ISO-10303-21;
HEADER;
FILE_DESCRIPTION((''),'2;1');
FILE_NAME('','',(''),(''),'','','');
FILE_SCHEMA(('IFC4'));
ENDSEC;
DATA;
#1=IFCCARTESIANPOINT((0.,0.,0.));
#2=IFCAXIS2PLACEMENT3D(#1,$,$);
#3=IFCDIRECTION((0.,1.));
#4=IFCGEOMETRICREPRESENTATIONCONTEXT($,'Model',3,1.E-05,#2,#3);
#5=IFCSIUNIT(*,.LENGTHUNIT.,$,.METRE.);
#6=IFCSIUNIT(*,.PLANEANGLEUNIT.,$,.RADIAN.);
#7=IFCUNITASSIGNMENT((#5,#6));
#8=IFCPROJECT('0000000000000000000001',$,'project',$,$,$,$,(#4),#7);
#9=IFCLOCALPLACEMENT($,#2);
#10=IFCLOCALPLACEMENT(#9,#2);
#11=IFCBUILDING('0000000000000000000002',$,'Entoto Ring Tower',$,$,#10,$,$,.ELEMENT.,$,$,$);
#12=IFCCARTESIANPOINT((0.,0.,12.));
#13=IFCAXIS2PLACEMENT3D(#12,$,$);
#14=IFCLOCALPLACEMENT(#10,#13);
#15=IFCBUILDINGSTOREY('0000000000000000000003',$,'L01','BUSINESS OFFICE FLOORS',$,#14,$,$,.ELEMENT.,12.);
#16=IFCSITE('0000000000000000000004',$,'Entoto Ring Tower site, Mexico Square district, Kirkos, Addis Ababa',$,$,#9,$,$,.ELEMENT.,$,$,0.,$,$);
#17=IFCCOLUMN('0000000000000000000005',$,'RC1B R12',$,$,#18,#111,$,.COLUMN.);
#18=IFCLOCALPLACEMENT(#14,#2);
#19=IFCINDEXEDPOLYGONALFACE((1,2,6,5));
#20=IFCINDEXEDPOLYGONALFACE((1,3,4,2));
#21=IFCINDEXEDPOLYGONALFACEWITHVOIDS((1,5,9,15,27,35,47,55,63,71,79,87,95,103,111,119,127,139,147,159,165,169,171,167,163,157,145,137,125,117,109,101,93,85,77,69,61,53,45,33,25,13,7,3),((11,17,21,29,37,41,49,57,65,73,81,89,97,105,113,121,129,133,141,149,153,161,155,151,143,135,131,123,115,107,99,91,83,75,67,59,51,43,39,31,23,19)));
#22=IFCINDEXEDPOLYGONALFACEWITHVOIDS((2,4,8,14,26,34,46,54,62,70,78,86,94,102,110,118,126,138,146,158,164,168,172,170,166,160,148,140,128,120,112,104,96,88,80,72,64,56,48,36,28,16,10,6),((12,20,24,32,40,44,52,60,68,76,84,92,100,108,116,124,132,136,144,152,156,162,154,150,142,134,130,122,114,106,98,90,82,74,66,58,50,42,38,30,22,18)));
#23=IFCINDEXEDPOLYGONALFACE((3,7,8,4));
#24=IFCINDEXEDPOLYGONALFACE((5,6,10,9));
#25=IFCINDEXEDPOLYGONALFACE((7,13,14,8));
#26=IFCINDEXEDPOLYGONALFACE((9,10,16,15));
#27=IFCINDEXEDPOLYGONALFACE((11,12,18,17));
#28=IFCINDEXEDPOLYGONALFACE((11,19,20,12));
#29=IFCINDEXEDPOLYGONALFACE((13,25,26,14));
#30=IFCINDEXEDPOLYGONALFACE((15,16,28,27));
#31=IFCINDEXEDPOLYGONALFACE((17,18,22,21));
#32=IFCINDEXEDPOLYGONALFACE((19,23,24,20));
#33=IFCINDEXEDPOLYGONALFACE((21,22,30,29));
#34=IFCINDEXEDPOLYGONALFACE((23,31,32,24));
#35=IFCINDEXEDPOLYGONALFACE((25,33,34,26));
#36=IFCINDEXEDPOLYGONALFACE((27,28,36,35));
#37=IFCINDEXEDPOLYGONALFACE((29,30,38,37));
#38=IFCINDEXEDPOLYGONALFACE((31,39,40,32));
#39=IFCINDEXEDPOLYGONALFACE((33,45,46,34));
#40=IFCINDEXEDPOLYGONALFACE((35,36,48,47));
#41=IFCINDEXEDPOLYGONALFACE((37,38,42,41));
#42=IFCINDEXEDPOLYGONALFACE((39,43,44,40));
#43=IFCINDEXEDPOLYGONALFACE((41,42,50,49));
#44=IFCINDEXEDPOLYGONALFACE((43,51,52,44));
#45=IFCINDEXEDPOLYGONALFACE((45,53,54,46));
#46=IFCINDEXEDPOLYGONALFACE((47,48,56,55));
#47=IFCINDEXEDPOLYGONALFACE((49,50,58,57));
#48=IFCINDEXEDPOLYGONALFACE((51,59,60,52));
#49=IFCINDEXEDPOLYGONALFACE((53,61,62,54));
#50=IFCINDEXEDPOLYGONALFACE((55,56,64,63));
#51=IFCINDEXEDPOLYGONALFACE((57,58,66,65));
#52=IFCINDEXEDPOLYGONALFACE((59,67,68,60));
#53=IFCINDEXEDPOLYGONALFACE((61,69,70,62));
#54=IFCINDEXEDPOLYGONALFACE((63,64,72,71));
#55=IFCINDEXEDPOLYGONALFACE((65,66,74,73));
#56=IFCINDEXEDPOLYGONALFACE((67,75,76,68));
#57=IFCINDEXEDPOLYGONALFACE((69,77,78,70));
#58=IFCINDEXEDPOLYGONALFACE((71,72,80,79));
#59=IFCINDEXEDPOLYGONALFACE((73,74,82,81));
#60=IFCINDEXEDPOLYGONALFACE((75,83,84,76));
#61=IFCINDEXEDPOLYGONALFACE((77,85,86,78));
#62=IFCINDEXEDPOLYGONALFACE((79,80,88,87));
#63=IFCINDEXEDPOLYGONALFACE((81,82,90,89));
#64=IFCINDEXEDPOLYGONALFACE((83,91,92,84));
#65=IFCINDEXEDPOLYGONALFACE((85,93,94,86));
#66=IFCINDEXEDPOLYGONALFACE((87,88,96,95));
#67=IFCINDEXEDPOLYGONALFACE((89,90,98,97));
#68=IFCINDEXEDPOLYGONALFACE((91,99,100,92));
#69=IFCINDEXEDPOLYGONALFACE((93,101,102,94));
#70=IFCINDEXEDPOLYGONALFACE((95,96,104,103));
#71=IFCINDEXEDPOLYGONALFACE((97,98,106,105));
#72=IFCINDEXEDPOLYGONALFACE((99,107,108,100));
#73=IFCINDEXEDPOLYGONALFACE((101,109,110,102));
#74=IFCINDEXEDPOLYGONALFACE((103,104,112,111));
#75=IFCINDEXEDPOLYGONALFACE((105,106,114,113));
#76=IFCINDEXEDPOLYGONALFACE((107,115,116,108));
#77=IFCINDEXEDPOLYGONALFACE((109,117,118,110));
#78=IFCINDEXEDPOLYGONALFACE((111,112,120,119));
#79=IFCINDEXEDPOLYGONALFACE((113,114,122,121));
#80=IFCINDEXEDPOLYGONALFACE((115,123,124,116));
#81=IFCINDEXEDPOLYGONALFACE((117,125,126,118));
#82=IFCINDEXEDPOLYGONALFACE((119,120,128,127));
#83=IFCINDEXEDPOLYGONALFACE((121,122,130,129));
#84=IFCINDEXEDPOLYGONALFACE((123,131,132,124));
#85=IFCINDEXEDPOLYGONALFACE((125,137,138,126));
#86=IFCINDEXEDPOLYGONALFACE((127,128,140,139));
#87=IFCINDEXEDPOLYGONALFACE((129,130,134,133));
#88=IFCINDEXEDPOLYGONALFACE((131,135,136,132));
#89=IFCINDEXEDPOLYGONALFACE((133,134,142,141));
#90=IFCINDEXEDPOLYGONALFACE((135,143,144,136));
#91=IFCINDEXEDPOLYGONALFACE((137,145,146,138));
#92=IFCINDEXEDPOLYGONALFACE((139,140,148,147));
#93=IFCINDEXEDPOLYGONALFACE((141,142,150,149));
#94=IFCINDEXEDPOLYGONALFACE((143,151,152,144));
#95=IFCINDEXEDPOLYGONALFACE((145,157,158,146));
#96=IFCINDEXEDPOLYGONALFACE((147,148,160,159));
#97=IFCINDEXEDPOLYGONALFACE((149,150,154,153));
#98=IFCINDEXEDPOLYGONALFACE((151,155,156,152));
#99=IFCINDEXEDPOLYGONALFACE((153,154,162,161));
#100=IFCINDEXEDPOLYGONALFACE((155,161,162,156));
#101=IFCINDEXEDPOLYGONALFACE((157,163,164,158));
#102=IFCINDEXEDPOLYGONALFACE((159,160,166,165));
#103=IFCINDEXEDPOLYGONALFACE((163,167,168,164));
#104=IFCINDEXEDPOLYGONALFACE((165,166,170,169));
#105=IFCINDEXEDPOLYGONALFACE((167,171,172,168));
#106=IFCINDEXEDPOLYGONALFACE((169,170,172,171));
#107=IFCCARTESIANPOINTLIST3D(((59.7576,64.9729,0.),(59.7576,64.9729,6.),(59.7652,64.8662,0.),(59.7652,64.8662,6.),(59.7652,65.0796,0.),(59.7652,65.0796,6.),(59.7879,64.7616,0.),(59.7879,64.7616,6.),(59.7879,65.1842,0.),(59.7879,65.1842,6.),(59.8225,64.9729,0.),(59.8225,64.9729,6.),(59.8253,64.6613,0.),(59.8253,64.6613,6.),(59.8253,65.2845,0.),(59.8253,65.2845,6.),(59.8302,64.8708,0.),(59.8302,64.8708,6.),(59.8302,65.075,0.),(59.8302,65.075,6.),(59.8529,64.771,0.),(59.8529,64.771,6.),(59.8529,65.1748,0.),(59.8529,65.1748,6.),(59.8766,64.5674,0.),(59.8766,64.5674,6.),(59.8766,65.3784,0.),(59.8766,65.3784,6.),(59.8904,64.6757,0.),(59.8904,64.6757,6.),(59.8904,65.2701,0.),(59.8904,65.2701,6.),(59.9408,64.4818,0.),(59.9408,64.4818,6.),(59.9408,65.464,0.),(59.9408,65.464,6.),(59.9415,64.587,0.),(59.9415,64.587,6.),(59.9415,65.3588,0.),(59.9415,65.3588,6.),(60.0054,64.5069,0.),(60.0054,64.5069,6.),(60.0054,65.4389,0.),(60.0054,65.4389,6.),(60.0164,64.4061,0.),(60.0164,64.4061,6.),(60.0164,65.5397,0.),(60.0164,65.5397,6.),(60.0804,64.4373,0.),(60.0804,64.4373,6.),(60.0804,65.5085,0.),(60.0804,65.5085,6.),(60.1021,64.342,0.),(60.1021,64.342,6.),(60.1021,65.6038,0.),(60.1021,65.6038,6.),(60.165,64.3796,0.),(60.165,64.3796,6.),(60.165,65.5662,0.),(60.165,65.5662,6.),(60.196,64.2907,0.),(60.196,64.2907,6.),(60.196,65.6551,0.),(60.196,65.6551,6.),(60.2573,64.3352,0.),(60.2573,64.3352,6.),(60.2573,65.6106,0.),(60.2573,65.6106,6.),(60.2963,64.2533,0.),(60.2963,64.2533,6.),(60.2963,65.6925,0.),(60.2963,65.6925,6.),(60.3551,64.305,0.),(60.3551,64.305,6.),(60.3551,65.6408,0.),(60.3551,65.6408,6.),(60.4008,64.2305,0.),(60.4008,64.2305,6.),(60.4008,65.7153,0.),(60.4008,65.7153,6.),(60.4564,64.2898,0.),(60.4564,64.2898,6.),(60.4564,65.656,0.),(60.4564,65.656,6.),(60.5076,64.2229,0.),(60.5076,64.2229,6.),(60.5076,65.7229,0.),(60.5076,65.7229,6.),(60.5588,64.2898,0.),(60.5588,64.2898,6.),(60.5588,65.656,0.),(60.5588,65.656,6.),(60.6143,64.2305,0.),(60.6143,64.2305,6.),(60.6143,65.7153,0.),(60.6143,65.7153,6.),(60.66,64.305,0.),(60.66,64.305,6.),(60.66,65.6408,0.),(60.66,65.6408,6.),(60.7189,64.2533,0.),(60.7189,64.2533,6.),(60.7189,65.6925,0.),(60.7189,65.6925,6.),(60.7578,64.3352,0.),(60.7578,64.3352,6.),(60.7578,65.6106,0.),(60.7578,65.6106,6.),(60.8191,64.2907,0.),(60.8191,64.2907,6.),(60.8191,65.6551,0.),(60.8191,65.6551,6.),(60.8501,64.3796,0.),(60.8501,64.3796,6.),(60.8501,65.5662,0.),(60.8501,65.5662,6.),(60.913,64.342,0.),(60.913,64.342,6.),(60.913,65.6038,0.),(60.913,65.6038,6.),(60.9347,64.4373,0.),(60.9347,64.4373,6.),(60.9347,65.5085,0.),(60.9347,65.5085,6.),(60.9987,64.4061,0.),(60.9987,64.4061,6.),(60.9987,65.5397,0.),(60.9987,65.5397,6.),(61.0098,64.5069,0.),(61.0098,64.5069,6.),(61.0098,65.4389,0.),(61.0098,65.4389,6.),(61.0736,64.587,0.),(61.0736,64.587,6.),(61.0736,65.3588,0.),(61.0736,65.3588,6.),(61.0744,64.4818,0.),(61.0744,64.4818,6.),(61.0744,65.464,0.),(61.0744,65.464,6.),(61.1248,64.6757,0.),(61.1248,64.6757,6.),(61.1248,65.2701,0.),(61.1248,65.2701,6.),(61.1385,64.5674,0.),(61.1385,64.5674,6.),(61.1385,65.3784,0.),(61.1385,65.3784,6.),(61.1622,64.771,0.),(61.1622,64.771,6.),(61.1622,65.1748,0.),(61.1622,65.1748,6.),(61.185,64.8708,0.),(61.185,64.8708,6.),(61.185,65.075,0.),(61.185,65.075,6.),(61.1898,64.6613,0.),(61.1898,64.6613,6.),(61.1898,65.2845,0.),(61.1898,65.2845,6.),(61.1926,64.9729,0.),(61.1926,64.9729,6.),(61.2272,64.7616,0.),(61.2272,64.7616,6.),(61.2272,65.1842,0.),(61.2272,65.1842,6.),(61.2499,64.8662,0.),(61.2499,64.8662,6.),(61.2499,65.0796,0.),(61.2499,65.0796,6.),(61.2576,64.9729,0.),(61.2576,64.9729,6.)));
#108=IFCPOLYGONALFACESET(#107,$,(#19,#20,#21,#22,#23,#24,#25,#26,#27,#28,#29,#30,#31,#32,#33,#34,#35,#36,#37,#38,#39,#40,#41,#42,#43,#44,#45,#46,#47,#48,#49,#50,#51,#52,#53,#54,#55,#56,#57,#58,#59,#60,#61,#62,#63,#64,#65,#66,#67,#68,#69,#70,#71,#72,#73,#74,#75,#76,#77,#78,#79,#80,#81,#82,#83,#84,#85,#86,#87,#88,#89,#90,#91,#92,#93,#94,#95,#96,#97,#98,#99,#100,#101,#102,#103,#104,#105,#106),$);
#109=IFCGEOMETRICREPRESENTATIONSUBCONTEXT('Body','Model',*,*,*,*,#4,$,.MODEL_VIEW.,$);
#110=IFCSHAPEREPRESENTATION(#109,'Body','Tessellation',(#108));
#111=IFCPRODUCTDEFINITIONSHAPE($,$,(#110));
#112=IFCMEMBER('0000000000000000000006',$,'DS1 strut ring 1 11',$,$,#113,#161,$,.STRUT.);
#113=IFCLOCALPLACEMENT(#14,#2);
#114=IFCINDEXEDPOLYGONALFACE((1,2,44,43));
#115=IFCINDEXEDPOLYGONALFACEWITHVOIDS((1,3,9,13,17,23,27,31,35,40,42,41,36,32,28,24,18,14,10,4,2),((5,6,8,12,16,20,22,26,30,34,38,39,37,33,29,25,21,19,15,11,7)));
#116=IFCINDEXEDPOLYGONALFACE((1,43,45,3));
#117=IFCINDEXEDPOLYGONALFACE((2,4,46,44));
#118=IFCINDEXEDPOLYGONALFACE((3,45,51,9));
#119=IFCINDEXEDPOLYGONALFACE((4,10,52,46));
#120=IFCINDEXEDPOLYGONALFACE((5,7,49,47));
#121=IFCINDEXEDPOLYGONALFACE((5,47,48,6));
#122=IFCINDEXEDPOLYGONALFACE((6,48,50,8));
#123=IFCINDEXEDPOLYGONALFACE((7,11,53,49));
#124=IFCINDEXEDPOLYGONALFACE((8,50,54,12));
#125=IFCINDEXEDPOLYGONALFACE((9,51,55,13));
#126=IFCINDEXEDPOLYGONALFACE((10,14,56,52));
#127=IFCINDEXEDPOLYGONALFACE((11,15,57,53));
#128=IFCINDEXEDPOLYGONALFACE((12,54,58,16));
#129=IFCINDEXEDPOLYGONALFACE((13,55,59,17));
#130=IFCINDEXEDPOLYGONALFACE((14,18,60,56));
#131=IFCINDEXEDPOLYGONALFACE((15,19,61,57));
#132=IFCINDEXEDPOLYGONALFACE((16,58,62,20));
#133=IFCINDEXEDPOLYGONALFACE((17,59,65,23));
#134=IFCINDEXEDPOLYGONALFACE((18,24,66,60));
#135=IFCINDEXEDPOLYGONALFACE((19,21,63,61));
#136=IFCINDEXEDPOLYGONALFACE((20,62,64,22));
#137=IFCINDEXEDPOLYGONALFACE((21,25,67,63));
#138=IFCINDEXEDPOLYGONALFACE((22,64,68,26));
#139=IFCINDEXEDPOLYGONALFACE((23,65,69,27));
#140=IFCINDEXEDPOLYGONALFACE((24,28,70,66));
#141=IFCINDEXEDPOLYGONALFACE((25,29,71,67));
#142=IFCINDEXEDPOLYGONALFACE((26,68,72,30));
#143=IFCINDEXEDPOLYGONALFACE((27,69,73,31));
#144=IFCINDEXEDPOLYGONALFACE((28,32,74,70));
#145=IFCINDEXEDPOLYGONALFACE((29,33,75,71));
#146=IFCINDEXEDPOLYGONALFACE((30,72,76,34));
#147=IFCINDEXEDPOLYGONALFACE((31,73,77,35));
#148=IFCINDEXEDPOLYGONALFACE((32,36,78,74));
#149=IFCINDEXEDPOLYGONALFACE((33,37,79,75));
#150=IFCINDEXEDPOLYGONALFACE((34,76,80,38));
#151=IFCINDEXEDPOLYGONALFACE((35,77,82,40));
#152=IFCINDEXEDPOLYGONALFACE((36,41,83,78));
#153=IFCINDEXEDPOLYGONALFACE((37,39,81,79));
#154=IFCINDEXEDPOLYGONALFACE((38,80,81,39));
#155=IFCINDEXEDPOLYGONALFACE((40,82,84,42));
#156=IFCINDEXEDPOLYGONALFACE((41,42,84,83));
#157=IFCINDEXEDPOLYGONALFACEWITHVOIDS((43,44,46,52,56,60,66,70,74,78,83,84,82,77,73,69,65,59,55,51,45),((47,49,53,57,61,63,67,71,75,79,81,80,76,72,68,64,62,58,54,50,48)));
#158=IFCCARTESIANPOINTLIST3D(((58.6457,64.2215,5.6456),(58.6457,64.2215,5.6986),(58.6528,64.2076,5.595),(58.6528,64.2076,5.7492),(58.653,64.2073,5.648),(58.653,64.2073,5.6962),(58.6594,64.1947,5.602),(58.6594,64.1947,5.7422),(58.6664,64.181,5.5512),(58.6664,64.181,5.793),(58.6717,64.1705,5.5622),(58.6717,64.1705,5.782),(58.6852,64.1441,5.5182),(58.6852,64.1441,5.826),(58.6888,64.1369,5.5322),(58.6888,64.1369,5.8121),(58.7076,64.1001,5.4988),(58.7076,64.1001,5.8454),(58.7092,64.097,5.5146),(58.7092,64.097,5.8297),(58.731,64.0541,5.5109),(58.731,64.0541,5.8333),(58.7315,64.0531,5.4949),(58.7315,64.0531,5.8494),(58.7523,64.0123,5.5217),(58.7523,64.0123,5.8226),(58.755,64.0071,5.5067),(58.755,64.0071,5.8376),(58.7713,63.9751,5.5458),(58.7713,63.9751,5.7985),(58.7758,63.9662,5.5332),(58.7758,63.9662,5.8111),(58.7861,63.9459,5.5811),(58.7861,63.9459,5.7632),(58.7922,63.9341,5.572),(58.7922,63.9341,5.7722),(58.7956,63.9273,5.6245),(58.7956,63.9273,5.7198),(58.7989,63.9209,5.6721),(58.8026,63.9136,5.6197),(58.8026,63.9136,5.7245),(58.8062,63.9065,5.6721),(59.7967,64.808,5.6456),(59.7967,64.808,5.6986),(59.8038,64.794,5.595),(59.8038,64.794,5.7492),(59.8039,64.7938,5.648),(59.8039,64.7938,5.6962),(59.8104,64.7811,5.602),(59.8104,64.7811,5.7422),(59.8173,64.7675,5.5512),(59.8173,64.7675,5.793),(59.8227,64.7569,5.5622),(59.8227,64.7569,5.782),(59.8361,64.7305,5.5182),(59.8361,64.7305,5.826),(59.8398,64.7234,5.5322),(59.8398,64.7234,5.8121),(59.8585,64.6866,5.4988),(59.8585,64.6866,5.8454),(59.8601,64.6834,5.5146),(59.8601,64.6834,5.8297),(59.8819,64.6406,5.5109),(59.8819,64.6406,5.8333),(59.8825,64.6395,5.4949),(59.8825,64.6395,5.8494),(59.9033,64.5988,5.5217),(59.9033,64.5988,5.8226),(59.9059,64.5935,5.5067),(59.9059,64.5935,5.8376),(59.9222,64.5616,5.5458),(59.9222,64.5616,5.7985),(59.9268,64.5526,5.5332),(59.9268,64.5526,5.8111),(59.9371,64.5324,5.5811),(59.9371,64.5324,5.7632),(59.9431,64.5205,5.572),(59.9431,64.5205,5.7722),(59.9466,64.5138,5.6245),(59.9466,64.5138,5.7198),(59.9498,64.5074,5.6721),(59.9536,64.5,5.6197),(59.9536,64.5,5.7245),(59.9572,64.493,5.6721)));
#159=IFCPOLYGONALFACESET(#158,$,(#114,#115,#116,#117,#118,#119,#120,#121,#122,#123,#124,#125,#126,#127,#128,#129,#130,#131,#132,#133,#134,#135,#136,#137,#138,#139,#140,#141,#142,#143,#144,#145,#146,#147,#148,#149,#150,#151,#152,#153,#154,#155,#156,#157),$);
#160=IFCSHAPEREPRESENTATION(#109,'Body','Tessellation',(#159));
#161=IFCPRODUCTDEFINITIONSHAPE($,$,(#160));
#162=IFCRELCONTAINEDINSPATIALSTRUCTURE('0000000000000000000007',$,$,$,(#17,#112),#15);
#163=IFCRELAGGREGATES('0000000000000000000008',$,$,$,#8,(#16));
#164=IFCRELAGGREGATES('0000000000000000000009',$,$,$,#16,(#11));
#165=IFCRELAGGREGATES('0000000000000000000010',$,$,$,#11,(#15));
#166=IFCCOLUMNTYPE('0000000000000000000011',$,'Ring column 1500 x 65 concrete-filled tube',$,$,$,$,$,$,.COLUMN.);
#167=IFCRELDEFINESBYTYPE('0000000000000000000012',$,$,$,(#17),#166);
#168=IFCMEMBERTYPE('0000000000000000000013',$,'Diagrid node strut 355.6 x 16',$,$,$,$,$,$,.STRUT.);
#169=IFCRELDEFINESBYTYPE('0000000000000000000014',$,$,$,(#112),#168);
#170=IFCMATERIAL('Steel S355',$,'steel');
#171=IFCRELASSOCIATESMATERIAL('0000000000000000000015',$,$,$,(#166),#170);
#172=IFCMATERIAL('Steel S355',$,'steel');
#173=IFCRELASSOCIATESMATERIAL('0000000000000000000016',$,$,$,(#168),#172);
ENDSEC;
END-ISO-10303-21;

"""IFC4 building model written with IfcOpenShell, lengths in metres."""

from ifc_helpers import new_model, si_unit, direction, frame, origin, origin_2d, place, context, subcontext, project, spatial, circle, hollow_circle, extrude, material, material_profile, profile_set, type_object, element, save


model = new_model("IFC4")

# Units and contexts
model_context = context("Model", 3, precision=1e-05, world=origin(), true_north=direction((0.0, 1.0)))
body_context = subcontext(model_context, "Body", "Model", "MODEL_VIEW")
ifc_project = project(units=[si_unit("LENGTHUNIT", "METRE"), si_unit("PLANEANGLEUNIT", "RADIAN")], contexts=[model_context])

# Site, building, storey
site_placement = place(None, origin())
site = spatial("IfcSite", under=ifc_project, at=site_placement, Name="Entoto Ring Tower site, Mexico Square district, Kirkos, Addis Ababa", CompositionType="ELEMENT", RefElevation=0.0)
building_placement = place(site_placement, origin())
building = spatial("IfcBuilding", under=site, at=building_placement, Name="Entoto Ring Tower", CompositionType="ELEMENT")
storey_placement = place(building_placement, frame((0.0, 0.0, 12.0)))
storey = spatial("IfcBuildingStorey", under=building, at=storey_placement, Name="L01", Description="BUSINESS OFFICE FLOORS", CompositionType="ELEMENT", Elevation=12.0)

# Column
ifc_material_1 = material(Name="Steel S355", Category="steel")
ifc_material_profile_1 = material_profile(ifc_material_1, hollow_circle(Radius=0.75, WallThickness=0.0649, at=origin_2d()), Name="CHS 1500 x 65")
ifc_material_2 = material(Name="Concrete C60/75", Category="concrete")
ifc_material_profile_2 = material_profile(ifc_material_2, circle(Radius=0.6851, at=origin_2d()), Name="Concrete C60/75 infill")
ifc_profile_set_1 = profile_set([ifc_material_profile_1, ifc_material_profile_2], Name="Steel S355")
column_type = type_object("IfcColumnType", Name="Ring column 1500 x 65 concrete-filled tube", PredefinedType="COLUMN", material=ifc_profile_set_1)
column_placement = place(storey_placement, frame((60.5076, 64.9729, 0.0), z_axis=(0.0, 0.0, 1.0), x_axis=(1.0, 0.0, 0.0)))
element("IfcColumn", 1, at=column_placement, inside=storey, type_object=column_type, Name="RC1B R12", PredefinedType="COLUMN", context=body_context, shape_type="SweptSolid", body=[
    extrude(hollow_circle(Radius=0.75, WallThickness=0.0649, at=origin_2d()), origin(), (0.0, 0.0, 1.0), 6.0),
])

# Member
ifc_material_3 = material(Name="Steel S355", Category="steel")
ifc_material_profile_3 = material_profile(ifc_material_3, hollow_circle(Radius=0.1777, WallThickness=0.0161, at=origin_2d()), Name="CHS 355.6 x 16")
ifc_material_4 = material(Name="Concrete C60/75", Category="concrete")
ifc_material_profile_4 = material_profile(ifc_material_4, circle(Radius=0.1619, at=origin_2d()), Name="Concrete C60/75 infill")
ifc_profile_set_2 = profile_set([ifc_material_profile_3, ifc_material_profile_4], Name="Steel S355")
member_type_1 = type_object("IfcMemberType", Name="Diagrid node strut 355.6 x 16", PredefinedType="STRUT", material=ifc_profile_set_2)
member_1_placement = place(storey_placement, frame((59.8765, 64.6514, 5.6721), z_axis=(-0.890999, -0.454005, 0.0), x_axis=(0.454005, -0.890999, 0.0)))
element("IfcMember", 2, at=member_1_placement, inside=storey, type_object=member_type_1, Name="DS1 strut ring 1 11", PredefinedType="STRUT", context=body_context, shape_type="SweptSolid", body=[
    extrude(hollow_circle(Radius=0.1777, WallThickness=0.0161, at=origin_2d()), origin(), (0.0, 0.0, 1.0), 1.2917),
])

save(model, "model.ifc")
